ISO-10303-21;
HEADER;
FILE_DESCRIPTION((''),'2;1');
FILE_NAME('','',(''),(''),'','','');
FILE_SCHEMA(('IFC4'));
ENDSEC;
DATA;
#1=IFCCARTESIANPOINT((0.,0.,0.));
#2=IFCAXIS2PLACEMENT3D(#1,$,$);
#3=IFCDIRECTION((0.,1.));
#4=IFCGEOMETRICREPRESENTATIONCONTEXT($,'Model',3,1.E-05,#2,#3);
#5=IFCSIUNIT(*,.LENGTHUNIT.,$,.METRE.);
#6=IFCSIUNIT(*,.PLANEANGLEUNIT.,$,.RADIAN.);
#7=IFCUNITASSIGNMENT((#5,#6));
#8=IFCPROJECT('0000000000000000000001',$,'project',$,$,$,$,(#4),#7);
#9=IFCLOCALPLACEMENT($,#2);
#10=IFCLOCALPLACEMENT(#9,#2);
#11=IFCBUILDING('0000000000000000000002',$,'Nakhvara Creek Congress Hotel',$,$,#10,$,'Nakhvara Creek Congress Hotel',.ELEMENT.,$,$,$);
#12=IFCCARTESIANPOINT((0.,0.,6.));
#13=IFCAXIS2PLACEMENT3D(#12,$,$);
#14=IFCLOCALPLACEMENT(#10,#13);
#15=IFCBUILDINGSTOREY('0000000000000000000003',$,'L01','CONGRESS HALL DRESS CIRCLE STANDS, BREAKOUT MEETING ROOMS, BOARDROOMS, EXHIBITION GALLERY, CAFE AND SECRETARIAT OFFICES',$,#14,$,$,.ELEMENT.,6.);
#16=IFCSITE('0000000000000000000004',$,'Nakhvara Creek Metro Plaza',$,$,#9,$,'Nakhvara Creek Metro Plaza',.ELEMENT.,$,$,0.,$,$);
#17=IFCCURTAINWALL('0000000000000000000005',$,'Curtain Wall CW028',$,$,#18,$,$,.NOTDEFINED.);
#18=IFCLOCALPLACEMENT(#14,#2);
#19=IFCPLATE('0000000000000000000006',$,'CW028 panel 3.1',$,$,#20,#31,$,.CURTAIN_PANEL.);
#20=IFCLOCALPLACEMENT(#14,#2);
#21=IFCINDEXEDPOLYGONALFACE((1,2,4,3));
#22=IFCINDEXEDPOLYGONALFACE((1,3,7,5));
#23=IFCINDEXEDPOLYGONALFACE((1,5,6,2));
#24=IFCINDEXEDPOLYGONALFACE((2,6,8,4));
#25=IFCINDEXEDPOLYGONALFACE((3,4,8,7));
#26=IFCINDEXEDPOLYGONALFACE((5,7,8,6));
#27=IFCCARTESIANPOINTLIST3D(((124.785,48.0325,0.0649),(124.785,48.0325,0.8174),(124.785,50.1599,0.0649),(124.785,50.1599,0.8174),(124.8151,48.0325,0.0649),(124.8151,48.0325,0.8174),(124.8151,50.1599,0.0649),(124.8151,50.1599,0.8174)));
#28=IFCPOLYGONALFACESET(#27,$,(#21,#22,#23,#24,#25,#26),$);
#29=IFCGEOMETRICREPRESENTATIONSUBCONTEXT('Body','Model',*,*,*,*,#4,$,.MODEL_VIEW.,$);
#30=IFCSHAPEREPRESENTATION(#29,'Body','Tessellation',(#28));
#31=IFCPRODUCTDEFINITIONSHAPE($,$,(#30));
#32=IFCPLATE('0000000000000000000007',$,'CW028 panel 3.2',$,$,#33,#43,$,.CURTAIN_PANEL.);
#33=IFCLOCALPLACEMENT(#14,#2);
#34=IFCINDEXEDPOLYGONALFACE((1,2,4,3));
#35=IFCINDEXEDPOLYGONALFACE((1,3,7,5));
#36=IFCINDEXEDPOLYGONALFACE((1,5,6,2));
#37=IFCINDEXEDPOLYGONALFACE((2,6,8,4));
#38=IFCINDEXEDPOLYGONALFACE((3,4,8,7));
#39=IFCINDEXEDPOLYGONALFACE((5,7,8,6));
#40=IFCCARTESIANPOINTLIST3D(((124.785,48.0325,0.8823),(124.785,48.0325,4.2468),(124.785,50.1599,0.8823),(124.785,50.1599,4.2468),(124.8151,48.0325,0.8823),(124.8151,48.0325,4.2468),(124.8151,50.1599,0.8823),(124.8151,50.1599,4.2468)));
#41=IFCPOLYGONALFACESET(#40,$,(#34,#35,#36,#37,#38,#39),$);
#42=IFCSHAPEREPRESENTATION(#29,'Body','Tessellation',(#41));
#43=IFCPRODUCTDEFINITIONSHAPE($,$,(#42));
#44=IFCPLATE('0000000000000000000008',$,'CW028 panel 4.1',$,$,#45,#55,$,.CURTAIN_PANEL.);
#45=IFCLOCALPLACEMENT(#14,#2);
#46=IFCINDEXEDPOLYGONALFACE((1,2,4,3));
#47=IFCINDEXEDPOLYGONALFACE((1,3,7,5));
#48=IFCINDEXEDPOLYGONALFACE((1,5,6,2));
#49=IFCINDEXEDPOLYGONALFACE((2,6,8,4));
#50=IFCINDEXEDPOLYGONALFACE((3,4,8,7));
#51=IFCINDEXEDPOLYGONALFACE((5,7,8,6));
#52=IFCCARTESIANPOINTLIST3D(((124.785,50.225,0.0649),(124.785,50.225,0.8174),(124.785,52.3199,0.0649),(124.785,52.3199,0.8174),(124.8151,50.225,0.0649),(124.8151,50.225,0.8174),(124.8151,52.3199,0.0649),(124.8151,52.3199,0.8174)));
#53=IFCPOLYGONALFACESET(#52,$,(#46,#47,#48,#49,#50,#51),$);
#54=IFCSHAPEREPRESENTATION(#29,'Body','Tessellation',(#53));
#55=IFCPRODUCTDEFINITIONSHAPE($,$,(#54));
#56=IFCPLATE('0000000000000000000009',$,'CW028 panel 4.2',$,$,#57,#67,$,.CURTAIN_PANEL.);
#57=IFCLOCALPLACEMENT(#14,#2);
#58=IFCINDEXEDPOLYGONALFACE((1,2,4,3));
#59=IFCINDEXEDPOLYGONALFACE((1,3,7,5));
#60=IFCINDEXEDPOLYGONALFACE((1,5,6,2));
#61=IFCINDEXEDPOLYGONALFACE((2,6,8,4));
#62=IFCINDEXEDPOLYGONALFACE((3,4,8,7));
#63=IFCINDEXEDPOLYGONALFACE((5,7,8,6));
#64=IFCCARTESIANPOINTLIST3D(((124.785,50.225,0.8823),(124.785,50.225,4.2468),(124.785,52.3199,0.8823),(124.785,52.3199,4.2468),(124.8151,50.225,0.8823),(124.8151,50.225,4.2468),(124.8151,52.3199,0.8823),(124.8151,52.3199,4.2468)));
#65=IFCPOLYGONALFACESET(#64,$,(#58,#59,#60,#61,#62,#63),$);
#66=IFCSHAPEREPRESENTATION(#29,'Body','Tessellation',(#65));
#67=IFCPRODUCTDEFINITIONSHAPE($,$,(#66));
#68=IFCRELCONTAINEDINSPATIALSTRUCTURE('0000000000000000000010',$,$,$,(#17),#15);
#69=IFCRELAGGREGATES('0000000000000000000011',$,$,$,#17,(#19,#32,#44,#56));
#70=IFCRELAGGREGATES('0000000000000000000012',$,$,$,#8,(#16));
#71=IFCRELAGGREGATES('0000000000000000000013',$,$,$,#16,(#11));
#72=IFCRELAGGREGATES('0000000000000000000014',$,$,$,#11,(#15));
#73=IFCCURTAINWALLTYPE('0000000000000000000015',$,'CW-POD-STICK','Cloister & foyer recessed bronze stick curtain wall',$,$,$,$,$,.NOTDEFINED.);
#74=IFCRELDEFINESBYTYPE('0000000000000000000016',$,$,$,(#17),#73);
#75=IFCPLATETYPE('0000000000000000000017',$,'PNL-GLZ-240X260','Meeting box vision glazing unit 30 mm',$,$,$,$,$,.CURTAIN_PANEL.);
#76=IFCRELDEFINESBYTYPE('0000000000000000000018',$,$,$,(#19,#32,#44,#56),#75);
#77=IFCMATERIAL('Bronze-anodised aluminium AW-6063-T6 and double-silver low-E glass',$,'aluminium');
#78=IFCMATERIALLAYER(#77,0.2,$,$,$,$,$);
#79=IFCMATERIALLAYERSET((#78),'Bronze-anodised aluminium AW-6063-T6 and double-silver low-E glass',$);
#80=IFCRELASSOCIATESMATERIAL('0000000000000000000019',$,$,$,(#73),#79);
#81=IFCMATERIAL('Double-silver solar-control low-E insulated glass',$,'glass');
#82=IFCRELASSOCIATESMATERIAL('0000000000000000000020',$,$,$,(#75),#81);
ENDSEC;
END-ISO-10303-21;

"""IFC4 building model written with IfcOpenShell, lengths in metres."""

from ifc_helpers import new_model, si_unit, direction, frame, origin, origin_2d, place, context, subcontext, project, spatial, rectangle, extrude, material, layer, layer_set, type_object, element, aggregate, save


model = new_model("IFC4")

# Units and contexts
model_context = context("Model", 3, precision=1e-05, world=origin(), true_north=direction((0.0, 1.0)))
body_context = subcontext(model_context, "Body", "Model", "MODEL_VIEW")
ifc_project = project(units=[si_unit("LENGTHUNIT", "METRE"), si_unit("PLANEANGLEUNIT", "RADIAN")], contexts=[model_context])

# Site, building, storey
site_placement = place(None, origin())
site = spatial("IfcSite", under=ifc_project, at=site_placement, Name="Nakhvara Creek Metro Plaza", LongName="Nakhvara Creek Metro Plaza", CompositionType="ELEMENT", RefElevation=0.0)
building_placement = place(site_placement, origin())
building = spatial("IfcBuilding", under=site, at=building_placement, Name="Nakhvara Creek Congress Hotel", LongName="Nakhvara Creek Congress Hotel", CompositionType="ELEMENT")
storey_placement = place(building_placement, frame((0.0, 0.0, 6.0)))
storey = spatial("IfcBuildingStorey", under=building, at=storey_placement, Name="L01", Description="CONGRESS HALL DRESS CIRCLE STANDS, BREAKOUT MEETING ROOMS, BOARDROOMS, EXHIBITION GALLERY, CAFE AND SECRETARIAT OFFICES", CompositionType="ELEMENT", Elevation=6.0)

# Shared definitions
ifc_material_1 = material(Name="Bronze-anodised aluminium AW-6063-T6 and double-silver low-E glass", Category="aluminium")
ifc_layer = layer(ifc_material_1, 0.2)
ifc_layer_set = layer_set([ifc_layer], Name="Bronze-anodised aluminium AW-6063-T6 and double-silver low-E glass")
curtain_wall_type = type_object("IfcCurtainWallType", Name="CW-POD-STICK", Description="Cloister & foyer recessed bronze stick curtain wall", PredefinedType="NOTDEFINED", material=ifc_layer_set)

# Curtain wall
curtain_wall_1_placement = place(storey_placement, origin())
curtain_wall_1 = element("IfcCurtainWall", 1, at=curtain_wall_1_placement, inside=storey, type_object=curtain_wall_type, Name="Curtain Wall CW028", PredefinedType="NOTDEFINED")

# Plates
ifc_material_2 = material(Name="Double-silver solar-control low-E insulated glass", Category="glass")
plate_type = type_object("IfcPlateType", Name="PNL-GLZ-240X260", Description="Meeting box vision glazing unit 30 mm", PredefinedType="CURTAIN_PANEL", material=ifc_material_2)
plate_1_placement = place(storey_placement, frame((124.8, 49.0962, 0.0649), z_axis=(0.0, 0.0, 1.0), x_axis=(0.0, 1.0, 0.0)))
plate_1 = element("IfcPlate", 2, at=plate_1_placement, type_object=plate_type, Name="CW028 panel 3.1", PredefinedType="CURTAIN_PANEL", context=body_context, shape_type="SweptSolid", body=[
    extrude(rectangle(XDim=2.1274, YDim=0.03, at=origin_2d()), origin(), (0.0, 0.0, 1.0), 0.7524),
])
plate_2_placement = place(storey_placement, frame((124.8, 49.0962, 0.8823), z_axis=(0.0, 0.0, 1.0), x_axis=(0.0, 1.0, 0.0)))
plate_2 = element("IfcPlate", 3, at=plate_2_placement, type_object=plate_type, Name="CW028 panel 3.2", PredefinedType="CURTAIN_PANEL", context=body_context, shape_type="SweptSolid", body=[
    extrude(rectangle(XDim=2.1274, YDim=0.03, at=origin_2d()), origin(), (0.0, 0.0, 1.0), 3.3645),
])
plate_3_placement = place(storey_placement, frame((124.8, 51.2725, 0.0649), z_axis=(0.0, 0.0, 1.0), x_axis=(0.0, 1.0, 0.0)))
plate_3 = element("IfcPlate", 4, at=plate_3_placement, type_object=plate_type, Name="CW028 panel 4.1", PredefinedType="CURTAIN_PANEL", context=body_context, shape_type="SweptSolid", body=[
    extrude(rectangle(XDim=2.095, YDim=0.03, at=origin_2d()), origin(), (0.0, 0.0, 1.0), 0.7524),
])
plate_4_placement = place(storey_placement, frame((124.8, 51.2725, 0.8823), z_axis=(0.0, 0.0, 1.0), x_axis=(0.0, 1.0, 0.0)))
plate_4 = element("IfcPlate", 5, at=plate_4_placement, type_object=plate_type, Name="CW028 panel 4.2", PredefinedType="CURTAIN_PANEL", context=body_context, shape_type="SweptSolid", body=[
    extrude(rectangle(XDim=2.095, YDim=0.03, at=origin_2d()), origin(), (0.0, 0.0, 1.0), 3.3645),
])
aggregate(curtain_wall_1, [plate_1, plate_2, plate_3, plate_4])

save(model, "model.ifc")
